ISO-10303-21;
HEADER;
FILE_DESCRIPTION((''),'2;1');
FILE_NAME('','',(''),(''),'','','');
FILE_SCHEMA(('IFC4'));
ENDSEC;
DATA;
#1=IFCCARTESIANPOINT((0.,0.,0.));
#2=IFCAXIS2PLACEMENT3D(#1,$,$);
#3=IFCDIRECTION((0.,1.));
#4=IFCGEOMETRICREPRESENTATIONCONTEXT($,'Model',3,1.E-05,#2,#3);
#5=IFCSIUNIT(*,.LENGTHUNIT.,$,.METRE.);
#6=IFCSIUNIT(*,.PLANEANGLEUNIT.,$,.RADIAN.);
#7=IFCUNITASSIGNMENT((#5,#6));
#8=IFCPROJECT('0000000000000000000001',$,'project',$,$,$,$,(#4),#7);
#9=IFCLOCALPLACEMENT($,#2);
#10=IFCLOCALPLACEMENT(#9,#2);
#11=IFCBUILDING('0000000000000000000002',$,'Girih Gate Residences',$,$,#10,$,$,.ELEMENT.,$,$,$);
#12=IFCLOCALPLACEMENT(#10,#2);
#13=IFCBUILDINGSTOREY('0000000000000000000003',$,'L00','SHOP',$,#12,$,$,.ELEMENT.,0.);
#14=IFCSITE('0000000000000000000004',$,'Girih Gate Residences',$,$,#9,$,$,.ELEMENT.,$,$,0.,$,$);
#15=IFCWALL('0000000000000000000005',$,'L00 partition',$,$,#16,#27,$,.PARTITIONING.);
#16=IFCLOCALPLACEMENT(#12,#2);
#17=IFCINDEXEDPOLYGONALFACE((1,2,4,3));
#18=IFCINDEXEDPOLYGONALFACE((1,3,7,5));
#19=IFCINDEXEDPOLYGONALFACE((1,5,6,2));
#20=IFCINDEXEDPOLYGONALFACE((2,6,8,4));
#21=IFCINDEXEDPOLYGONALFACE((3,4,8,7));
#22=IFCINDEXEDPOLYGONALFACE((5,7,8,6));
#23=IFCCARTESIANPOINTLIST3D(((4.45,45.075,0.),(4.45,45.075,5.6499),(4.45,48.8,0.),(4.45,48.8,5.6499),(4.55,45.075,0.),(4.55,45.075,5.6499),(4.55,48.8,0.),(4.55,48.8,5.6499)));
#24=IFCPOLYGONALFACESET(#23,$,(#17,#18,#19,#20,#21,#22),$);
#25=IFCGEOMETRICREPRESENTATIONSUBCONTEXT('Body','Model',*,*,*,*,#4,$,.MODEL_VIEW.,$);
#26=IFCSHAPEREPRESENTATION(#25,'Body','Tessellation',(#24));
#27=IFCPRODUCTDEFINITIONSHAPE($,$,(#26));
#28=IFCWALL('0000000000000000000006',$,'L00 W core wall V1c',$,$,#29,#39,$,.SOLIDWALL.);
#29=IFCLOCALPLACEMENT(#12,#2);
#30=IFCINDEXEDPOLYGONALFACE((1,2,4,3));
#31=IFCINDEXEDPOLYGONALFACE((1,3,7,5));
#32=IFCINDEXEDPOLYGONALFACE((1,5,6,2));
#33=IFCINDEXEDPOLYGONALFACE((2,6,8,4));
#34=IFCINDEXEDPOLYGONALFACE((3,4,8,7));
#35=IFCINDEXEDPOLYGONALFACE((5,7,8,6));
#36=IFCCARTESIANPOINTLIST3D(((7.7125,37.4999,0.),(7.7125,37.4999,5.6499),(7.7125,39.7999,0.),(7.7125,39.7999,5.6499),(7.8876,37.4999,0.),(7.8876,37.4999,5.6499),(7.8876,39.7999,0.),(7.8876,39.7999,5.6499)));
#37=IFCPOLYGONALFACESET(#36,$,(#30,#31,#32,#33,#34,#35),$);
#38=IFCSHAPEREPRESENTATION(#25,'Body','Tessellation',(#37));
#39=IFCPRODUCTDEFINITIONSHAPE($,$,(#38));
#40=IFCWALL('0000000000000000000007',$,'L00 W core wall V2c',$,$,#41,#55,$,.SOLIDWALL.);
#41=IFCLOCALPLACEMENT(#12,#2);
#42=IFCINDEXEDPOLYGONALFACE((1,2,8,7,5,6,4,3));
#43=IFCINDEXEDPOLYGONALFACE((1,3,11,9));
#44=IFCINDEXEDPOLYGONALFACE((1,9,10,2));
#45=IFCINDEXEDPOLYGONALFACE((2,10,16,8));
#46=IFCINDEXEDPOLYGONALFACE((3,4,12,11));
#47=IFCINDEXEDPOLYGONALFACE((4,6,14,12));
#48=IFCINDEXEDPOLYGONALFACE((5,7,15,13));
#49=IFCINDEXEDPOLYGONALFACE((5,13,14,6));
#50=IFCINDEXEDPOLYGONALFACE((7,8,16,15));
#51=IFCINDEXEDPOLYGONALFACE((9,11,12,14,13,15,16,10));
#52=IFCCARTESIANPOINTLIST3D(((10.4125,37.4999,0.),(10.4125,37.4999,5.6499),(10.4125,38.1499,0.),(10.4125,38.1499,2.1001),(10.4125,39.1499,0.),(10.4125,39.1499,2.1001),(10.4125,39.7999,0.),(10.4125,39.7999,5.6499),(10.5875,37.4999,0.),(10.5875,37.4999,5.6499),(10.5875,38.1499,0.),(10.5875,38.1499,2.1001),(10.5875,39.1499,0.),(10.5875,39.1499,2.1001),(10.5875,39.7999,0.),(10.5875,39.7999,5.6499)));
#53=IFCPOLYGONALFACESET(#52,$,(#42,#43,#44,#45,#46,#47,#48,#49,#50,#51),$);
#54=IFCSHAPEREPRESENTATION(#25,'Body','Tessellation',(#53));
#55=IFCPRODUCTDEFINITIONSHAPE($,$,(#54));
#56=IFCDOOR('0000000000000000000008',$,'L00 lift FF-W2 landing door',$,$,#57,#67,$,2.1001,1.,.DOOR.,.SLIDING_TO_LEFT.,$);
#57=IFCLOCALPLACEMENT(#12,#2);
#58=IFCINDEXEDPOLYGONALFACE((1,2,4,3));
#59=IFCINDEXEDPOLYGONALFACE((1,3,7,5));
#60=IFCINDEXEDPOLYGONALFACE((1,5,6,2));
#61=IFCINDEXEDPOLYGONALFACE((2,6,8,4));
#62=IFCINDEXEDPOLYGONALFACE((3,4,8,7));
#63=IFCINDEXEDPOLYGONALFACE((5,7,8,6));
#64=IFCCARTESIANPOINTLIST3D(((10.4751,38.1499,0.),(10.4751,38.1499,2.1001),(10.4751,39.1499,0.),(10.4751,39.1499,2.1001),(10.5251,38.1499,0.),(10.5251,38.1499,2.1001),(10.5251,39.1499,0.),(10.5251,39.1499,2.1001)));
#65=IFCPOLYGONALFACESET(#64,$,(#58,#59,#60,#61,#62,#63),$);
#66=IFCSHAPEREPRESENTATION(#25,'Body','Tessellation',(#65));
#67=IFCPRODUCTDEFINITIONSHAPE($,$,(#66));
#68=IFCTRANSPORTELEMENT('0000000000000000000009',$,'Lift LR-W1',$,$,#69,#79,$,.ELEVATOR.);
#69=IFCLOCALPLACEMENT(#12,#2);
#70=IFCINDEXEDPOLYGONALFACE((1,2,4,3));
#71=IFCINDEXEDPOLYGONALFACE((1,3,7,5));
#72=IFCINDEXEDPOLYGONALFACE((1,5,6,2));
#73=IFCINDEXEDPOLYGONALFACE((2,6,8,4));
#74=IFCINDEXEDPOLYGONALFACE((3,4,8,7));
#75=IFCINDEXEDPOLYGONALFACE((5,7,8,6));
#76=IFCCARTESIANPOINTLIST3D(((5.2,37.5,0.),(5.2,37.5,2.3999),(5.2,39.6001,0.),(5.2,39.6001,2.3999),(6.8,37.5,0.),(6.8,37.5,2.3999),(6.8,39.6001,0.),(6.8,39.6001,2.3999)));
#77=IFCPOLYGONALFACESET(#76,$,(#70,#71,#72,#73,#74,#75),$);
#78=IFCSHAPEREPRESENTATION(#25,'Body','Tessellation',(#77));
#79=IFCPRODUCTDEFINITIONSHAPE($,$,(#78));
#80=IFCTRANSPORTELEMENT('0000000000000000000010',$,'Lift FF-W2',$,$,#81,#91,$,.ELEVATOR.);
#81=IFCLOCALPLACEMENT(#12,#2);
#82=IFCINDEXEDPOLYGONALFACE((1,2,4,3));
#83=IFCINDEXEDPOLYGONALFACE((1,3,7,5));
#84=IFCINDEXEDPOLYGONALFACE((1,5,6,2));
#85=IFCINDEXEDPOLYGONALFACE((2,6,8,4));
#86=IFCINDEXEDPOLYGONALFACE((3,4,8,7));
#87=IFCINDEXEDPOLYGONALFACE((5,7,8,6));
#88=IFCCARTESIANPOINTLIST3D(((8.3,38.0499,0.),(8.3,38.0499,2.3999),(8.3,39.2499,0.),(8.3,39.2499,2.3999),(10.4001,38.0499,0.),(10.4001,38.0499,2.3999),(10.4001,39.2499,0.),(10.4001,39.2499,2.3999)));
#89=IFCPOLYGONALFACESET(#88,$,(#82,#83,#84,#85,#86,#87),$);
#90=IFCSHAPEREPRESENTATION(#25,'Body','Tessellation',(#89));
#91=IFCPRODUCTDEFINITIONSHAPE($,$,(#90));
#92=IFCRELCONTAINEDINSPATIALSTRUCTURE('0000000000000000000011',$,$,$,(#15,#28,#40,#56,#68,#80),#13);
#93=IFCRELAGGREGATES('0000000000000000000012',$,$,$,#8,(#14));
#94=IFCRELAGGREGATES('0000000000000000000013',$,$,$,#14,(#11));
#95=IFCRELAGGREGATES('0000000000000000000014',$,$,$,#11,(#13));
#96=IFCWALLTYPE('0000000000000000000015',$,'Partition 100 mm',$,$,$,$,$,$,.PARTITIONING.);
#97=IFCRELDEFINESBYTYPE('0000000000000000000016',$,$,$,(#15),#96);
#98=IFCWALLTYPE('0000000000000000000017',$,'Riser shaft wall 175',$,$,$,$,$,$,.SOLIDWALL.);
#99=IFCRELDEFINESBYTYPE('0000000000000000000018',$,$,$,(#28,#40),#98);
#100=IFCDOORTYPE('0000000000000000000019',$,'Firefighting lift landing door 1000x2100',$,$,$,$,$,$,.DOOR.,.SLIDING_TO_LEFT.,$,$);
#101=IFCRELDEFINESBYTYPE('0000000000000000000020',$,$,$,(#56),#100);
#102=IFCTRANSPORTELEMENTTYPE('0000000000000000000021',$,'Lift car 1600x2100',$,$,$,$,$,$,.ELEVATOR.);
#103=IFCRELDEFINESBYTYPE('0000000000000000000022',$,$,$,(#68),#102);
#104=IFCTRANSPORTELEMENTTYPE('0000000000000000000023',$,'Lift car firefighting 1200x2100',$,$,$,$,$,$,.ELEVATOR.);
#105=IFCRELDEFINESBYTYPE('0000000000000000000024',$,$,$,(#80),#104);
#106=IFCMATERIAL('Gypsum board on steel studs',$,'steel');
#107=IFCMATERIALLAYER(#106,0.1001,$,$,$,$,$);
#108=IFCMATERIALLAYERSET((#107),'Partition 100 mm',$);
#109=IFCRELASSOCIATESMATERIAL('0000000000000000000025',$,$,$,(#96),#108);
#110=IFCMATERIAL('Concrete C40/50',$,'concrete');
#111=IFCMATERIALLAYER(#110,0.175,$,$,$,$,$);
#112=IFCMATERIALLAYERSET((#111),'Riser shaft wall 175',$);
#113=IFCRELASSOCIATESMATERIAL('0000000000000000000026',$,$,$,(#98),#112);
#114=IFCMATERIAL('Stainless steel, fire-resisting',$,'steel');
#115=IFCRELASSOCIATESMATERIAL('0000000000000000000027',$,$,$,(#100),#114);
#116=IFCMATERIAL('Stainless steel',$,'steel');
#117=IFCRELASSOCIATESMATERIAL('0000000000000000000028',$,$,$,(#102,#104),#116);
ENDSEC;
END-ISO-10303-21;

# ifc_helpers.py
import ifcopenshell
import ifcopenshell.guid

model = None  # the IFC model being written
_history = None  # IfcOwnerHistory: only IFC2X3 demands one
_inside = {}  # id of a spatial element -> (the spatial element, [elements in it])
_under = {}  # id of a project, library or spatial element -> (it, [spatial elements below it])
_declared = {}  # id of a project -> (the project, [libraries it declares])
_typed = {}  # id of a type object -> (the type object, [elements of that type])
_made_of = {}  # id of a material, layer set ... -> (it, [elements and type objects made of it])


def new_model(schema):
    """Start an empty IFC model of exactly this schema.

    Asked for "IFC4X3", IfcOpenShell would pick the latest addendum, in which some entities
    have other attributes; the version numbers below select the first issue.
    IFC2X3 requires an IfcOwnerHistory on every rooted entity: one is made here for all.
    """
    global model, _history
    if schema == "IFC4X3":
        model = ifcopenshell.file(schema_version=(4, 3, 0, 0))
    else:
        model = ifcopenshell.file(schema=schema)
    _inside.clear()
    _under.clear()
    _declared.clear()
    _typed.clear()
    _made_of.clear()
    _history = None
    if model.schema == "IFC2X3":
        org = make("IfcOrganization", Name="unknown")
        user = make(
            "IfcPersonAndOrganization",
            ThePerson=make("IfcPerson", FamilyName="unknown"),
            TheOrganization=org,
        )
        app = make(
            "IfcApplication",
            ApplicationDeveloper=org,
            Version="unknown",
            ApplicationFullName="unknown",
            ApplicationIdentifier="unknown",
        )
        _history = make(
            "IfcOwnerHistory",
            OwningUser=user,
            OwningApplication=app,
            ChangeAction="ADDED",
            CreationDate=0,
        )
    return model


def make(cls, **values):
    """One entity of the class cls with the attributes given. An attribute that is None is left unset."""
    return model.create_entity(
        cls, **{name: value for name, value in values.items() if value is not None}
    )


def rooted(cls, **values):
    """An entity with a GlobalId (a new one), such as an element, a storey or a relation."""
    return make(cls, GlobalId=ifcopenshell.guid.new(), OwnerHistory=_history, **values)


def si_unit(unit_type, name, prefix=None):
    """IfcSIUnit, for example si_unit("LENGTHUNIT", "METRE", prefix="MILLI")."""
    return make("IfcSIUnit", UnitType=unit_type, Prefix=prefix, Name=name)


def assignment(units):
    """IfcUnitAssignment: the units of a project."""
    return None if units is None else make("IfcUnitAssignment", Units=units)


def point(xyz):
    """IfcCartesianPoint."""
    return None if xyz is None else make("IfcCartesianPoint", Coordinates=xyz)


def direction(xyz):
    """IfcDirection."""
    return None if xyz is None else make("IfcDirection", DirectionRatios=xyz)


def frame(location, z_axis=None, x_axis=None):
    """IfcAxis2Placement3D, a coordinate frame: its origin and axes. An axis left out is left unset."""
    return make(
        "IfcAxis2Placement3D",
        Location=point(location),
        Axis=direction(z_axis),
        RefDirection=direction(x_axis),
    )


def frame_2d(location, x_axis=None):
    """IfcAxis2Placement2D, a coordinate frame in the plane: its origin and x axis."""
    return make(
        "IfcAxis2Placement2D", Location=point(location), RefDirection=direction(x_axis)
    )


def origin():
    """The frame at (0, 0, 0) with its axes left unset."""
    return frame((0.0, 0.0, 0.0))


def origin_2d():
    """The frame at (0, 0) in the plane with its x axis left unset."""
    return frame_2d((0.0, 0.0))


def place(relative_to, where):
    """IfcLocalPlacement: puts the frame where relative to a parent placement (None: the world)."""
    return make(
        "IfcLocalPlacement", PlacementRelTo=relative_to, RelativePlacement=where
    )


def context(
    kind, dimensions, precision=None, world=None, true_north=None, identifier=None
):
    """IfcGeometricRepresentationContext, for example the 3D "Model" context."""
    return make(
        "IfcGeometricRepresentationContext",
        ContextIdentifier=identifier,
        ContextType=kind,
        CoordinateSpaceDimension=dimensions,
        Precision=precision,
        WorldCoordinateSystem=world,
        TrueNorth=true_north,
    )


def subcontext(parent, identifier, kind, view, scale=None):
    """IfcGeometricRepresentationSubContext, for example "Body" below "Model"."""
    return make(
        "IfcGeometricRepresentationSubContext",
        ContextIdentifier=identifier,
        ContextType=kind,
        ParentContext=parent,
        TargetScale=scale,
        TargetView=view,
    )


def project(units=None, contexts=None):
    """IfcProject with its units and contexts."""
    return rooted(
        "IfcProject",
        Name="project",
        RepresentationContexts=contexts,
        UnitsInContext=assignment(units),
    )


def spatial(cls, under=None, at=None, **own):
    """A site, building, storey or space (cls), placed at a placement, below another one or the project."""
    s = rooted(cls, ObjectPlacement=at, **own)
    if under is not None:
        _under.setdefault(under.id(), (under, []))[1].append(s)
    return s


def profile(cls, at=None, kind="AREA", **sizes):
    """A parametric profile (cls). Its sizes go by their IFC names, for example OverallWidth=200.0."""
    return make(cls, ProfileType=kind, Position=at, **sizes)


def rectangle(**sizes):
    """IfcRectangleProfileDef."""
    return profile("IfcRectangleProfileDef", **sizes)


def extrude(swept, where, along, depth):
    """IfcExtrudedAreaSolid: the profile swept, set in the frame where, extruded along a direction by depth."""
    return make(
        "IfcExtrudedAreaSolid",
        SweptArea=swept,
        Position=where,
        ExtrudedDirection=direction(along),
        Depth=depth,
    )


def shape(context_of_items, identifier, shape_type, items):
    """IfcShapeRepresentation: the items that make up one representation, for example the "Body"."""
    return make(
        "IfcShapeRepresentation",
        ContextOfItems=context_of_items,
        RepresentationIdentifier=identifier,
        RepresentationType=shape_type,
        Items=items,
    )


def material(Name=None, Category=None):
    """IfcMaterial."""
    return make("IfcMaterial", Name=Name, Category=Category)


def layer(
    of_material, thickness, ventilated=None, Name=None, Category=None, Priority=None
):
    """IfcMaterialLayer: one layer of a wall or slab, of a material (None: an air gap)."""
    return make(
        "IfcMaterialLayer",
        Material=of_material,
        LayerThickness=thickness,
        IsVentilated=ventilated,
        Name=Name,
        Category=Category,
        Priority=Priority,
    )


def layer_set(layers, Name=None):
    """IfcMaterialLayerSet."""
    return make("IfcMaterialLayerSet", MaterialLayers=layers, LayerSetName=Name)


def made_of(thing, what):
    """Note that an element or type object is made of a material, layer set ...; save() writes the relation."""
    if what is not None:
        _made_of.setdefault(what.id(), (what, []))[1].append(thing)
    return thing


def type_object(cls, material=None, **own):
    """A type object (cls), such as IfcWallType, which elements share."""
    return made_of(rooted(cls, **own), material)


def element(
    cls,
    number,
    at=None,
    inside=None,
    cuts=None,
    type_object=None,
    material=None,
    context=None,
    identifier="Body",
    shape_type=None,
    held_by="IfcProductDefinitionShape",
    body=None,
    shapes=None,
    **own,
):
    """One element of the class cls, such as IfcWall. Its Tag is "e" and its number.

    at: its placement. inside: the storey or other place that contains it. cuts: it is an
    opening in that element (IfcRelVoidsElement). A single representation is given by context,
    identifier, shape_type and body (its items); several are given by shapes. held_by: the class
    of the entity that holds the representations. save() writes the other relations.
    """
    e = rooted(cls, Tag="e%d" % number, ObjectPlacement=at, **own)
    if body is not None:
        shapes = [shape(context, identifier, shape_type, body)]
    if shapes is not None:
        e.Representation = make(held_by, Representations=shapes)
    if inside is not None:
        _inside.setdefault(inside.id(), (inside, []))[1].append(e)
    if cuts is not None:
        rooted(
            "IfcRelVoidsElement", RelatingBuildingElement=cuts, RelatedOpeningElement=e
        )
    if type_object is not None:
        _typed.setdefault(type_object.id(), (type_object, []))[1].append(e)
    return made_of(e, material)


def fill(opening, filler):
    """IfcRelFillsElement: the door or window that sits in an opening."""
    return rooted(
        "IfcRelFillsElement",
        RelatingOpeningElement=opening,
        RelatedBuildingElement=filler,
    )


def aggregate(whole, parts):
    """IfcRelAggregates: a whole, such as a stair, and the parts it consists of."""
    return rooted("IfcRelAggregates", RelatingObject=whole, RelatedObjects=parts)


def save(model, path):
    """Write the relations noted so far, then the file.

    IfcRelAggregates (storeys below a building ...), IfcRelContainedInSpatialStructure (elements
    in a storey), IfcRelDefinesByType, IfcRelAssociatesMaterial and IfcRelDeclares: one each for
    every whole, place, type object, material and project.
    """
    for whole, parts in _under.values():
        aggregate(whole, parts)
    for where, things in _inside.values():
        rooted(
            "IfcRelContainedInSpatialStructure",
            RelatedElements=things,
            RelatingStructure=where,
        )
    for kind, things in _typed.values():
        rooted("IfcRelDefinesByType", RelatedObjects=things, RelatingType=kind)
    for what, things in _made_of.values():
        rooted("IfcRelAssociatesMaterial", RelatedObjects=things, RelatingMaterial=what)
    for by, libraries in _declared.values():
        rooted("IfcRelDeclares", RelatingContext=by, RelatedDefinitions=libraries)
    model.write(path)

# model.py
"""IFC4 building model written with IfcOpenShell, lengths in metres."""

from ifc_helpers import new_model, si_unit, direction, frame, frame_2d, origin, origin_2d, place, context, subcontext, project, spatial, rectangle, extrude, material, layer, layer_set, type_object, element, fill, save


model = new_model("IFC4")

# Units and contexts
model_context = context("Model", 3, precision=1e-05, world=origin(), true_north=direction((0.0, 1.0)))
body_context = subcontext(model_context, "Body", "Model", "MODEL_VIEW")
ifc_project = project(units=[si_unit("LENGTHUNIT", "METRE"), si_unit("PLANEANGLEUNIT", "RADIAN")], contexts=[model_context])

# Site, building, storey
site_placement = place(None, origin())
site = spatial("IfcSite", under=ifc_project, at=site_placement, Name="Girih Gate Residences", CompositionType="ELEMENT", RefElevation=0.0)
building_placement = place(site_placement, origin())
building = spatial("IfcBuilding", under=site, at=building_placement, Name="Girih Gate Residences", CompositionType="ELEMENT")
storey_placement = place(building_placement, origin())
storey = spatial("IfcBuildingStorey", under=building, at=storey_placement, Name="L00", Description="SHOP", CompositionType="ELEMENT", Elevation=0.0)

# Shared definitions
ifc_material_1 = material(Name="Gypsum board on steel studs", Category="steel")

# Shared definitions
ifc_material_2 = material(Name="Concrete C40/50", Category="concrete")
ifc_material_3 = material(Name="Stainless steel", Category="steel")

# Walls
ifc_layer_1 = layer(ifc_material_1, 0.1001)
ifc_layer_set_1 = layer_set([ifc_layer_1], Name="Partition 100 mm")
wall_type_1 = type_object("IfcWallType", Name="Partition 100 mm", PredefinedType="PARTITIONING", material=ifc_layer_set_1)
wall_1_placement = place(storey_placement, frame((4.5, 45.075, 0.0), z_axis=(0.0, 0.0, 1.0), x_axis=(0.0, 1.0, 0.0)))
element("IfcWall", 1, at=wall_1_placement, inside=storey, type_object=wall_type_1, Name="L00 partition", PredefinedType="PARTITIONING", context=body_context, shape_type="SweptSolid", body=[
    extrude(rectangle(XDim=3.7251, YDim=0.1001, at=frame_2d((1.8625, 0.0))), origin(), (0.0, 0.0, 1.0), 5.6499),
])
ifc_layer_2 = layer(ifc_material_2, 0.175)
ifc_layer_set_2 = layer_set([ifc_layer_2], Name="Riser shaft wall 175")
wall_type_2 = type_object("IfcWallType", Name="Riser shaft wall 175", PredefinedType="SOLIDWALL", material=ifc_layer_set_2)
wall_2_placement = place(storey_placement, frame((7.8, 37.5, 0.0), z_axis=(0.0, 0.0, 1.0), x_axis=(0.0, 1.0, 0.0)))
element("IfcWall", 2, at=wall_2_placement, inside=storey, type_object=wall_type_2, Name="L00 W core wall V1c", PredefinedType="SOLIDWALL", context=body_context, shape_type="SweptSolid", body=[
    extrude(rectangle(XDim=2.3, YDim=0.175, at=frame_2d((1.1499, 0.0))), origin(), (0.0, 0.0, 1.0), 5.6499),
])

# Wall, opening, door
wall_3_placement = place(storey_placement, frame((10.5, 37.5, 0.0), z_axis=(0.0, 0.0, 1.0), x_axis=(0.0, 1.0, 0.0)))
wall_3 = element("IfcWall", 3, at=wall_3_placement, inside=storey, type_object=wall_type_2, Name="L00 W core wall V2c", PredefinedType="SOLIDWALL", context=body_context, shape_type="SweptSolid", body=[
    extrude(rectangle(XDim=2.3, YDim=0.175, at=frame_2d((1.1499, 0.0))), origin(), (0.0, 0.0, 1.0), 5.6499),
])
opening_1_placement = place(wall_3_placement, frame((0.6499, 0.0, 0.0)))
opening_1 = element("IfcOpeningElement", 4, at=opening_1_placement, cuts=wall_3, PredefinedType="OPENING", context=body_context, shape_type="SweptSolid", body=[
    extrude(rectangle(XDim=1.0, YDim=2.1001, at=frame_2d((0.5, 1.05))), frame((0.0, 0.0974, 0.0), z_axis=(0.0, -1.0, 0.0), x_axis=(1.0, 0.0, 0.0)), (0.0, 0.0, 1.0), 0.1951),
])
ifc_material_4 = material(Name="Stainless steel, fire-resisting", Category="steel")
door_type_1 = type_object("IfcDoorType", Name="Firefighting lift landing door 1000x2100", OperationType="SLIDING_TO_LEFT", PredefinedType="DOOR", material=ifc_material_4)
door_1_placement = place(opening_1_placement, origin())
door_1 = element("IfcDoor", 5, at=door_1_placement, inside=storey, type_object=door_type_1, Name="L00 lift FF-W2 landing door", OperationType="SLIDING_TO_LEFT", OverallHeight=2.1001, OverallWidth=1.0, PredefinedType="DOOR", context=body_context, shape_type="SweptSolid", body=[
    extrude(rectangle(XDim=1.0, YDim=2.1001, at=frame_2d((0.5, 1.05))), frame((0.0, 0.0249, 0.0), z_axis=(0.0, -1.0, 0.0), x_axis=(1.0, 0.0, 0.0)), (0.0, 0.0, 1.0), 0.05),
])
fill(opening_1, door_1)

# Transport elements
transport_element_type_1 = type_object("IfcTransportElementType", Name="Lift car 1600x2100", PredefinedType="ELEVATOR", material=ifc_material_3)
transport_element_1_placement = place(storey_placement, frame((6.0, 38.55, 0.0), z_axis=(0.0, 0.0, 1.0), x_axis=(1.0, 0.0, 0.0)))
element("IfcTransportElement", 6, at=transport_element_1_placement, inside=storey, type_object=transport_element_type_1, Name="Lift LR-W1", PredefinedType="ELEVATOR", context=body_context, shape_type="SweptSolid", body=[
    extrude(rectangle(XDim=1.6001, YDim=2.1001, at=origin_2d()), origin(), (0.0, 0.0, 1.0), 2.3999),
])
transport_element_type_2 = type_object("IfcTransportElementType", Name="Lift car firefighting 1200x2100", PredefinedType="ELEVATOR", material=ifc_material_3)
transport_element_2_placement = place(storey_placement, frame((9.3501, 38.6499, 0.0), z_axis=(0.0, 0.0, 1.0), x_axis=(1.0, 0.0, 0.0)))
element("IfcTransportElement", 7, at=transport_element_2_placement, inside=storey, type_object=transport_element_type_2, Name="Lift FF-W2", PredefinedType="ELEVATOR", context=body_context, shape_type="SweptSolid", body=[
    extrude(rectangle(XDim=2.1001, YDim=1.2, at=origin_2d()), origin(), (0.0, 0.0, 1.0), 2.3999),
])

save(model, "model.ifc")
